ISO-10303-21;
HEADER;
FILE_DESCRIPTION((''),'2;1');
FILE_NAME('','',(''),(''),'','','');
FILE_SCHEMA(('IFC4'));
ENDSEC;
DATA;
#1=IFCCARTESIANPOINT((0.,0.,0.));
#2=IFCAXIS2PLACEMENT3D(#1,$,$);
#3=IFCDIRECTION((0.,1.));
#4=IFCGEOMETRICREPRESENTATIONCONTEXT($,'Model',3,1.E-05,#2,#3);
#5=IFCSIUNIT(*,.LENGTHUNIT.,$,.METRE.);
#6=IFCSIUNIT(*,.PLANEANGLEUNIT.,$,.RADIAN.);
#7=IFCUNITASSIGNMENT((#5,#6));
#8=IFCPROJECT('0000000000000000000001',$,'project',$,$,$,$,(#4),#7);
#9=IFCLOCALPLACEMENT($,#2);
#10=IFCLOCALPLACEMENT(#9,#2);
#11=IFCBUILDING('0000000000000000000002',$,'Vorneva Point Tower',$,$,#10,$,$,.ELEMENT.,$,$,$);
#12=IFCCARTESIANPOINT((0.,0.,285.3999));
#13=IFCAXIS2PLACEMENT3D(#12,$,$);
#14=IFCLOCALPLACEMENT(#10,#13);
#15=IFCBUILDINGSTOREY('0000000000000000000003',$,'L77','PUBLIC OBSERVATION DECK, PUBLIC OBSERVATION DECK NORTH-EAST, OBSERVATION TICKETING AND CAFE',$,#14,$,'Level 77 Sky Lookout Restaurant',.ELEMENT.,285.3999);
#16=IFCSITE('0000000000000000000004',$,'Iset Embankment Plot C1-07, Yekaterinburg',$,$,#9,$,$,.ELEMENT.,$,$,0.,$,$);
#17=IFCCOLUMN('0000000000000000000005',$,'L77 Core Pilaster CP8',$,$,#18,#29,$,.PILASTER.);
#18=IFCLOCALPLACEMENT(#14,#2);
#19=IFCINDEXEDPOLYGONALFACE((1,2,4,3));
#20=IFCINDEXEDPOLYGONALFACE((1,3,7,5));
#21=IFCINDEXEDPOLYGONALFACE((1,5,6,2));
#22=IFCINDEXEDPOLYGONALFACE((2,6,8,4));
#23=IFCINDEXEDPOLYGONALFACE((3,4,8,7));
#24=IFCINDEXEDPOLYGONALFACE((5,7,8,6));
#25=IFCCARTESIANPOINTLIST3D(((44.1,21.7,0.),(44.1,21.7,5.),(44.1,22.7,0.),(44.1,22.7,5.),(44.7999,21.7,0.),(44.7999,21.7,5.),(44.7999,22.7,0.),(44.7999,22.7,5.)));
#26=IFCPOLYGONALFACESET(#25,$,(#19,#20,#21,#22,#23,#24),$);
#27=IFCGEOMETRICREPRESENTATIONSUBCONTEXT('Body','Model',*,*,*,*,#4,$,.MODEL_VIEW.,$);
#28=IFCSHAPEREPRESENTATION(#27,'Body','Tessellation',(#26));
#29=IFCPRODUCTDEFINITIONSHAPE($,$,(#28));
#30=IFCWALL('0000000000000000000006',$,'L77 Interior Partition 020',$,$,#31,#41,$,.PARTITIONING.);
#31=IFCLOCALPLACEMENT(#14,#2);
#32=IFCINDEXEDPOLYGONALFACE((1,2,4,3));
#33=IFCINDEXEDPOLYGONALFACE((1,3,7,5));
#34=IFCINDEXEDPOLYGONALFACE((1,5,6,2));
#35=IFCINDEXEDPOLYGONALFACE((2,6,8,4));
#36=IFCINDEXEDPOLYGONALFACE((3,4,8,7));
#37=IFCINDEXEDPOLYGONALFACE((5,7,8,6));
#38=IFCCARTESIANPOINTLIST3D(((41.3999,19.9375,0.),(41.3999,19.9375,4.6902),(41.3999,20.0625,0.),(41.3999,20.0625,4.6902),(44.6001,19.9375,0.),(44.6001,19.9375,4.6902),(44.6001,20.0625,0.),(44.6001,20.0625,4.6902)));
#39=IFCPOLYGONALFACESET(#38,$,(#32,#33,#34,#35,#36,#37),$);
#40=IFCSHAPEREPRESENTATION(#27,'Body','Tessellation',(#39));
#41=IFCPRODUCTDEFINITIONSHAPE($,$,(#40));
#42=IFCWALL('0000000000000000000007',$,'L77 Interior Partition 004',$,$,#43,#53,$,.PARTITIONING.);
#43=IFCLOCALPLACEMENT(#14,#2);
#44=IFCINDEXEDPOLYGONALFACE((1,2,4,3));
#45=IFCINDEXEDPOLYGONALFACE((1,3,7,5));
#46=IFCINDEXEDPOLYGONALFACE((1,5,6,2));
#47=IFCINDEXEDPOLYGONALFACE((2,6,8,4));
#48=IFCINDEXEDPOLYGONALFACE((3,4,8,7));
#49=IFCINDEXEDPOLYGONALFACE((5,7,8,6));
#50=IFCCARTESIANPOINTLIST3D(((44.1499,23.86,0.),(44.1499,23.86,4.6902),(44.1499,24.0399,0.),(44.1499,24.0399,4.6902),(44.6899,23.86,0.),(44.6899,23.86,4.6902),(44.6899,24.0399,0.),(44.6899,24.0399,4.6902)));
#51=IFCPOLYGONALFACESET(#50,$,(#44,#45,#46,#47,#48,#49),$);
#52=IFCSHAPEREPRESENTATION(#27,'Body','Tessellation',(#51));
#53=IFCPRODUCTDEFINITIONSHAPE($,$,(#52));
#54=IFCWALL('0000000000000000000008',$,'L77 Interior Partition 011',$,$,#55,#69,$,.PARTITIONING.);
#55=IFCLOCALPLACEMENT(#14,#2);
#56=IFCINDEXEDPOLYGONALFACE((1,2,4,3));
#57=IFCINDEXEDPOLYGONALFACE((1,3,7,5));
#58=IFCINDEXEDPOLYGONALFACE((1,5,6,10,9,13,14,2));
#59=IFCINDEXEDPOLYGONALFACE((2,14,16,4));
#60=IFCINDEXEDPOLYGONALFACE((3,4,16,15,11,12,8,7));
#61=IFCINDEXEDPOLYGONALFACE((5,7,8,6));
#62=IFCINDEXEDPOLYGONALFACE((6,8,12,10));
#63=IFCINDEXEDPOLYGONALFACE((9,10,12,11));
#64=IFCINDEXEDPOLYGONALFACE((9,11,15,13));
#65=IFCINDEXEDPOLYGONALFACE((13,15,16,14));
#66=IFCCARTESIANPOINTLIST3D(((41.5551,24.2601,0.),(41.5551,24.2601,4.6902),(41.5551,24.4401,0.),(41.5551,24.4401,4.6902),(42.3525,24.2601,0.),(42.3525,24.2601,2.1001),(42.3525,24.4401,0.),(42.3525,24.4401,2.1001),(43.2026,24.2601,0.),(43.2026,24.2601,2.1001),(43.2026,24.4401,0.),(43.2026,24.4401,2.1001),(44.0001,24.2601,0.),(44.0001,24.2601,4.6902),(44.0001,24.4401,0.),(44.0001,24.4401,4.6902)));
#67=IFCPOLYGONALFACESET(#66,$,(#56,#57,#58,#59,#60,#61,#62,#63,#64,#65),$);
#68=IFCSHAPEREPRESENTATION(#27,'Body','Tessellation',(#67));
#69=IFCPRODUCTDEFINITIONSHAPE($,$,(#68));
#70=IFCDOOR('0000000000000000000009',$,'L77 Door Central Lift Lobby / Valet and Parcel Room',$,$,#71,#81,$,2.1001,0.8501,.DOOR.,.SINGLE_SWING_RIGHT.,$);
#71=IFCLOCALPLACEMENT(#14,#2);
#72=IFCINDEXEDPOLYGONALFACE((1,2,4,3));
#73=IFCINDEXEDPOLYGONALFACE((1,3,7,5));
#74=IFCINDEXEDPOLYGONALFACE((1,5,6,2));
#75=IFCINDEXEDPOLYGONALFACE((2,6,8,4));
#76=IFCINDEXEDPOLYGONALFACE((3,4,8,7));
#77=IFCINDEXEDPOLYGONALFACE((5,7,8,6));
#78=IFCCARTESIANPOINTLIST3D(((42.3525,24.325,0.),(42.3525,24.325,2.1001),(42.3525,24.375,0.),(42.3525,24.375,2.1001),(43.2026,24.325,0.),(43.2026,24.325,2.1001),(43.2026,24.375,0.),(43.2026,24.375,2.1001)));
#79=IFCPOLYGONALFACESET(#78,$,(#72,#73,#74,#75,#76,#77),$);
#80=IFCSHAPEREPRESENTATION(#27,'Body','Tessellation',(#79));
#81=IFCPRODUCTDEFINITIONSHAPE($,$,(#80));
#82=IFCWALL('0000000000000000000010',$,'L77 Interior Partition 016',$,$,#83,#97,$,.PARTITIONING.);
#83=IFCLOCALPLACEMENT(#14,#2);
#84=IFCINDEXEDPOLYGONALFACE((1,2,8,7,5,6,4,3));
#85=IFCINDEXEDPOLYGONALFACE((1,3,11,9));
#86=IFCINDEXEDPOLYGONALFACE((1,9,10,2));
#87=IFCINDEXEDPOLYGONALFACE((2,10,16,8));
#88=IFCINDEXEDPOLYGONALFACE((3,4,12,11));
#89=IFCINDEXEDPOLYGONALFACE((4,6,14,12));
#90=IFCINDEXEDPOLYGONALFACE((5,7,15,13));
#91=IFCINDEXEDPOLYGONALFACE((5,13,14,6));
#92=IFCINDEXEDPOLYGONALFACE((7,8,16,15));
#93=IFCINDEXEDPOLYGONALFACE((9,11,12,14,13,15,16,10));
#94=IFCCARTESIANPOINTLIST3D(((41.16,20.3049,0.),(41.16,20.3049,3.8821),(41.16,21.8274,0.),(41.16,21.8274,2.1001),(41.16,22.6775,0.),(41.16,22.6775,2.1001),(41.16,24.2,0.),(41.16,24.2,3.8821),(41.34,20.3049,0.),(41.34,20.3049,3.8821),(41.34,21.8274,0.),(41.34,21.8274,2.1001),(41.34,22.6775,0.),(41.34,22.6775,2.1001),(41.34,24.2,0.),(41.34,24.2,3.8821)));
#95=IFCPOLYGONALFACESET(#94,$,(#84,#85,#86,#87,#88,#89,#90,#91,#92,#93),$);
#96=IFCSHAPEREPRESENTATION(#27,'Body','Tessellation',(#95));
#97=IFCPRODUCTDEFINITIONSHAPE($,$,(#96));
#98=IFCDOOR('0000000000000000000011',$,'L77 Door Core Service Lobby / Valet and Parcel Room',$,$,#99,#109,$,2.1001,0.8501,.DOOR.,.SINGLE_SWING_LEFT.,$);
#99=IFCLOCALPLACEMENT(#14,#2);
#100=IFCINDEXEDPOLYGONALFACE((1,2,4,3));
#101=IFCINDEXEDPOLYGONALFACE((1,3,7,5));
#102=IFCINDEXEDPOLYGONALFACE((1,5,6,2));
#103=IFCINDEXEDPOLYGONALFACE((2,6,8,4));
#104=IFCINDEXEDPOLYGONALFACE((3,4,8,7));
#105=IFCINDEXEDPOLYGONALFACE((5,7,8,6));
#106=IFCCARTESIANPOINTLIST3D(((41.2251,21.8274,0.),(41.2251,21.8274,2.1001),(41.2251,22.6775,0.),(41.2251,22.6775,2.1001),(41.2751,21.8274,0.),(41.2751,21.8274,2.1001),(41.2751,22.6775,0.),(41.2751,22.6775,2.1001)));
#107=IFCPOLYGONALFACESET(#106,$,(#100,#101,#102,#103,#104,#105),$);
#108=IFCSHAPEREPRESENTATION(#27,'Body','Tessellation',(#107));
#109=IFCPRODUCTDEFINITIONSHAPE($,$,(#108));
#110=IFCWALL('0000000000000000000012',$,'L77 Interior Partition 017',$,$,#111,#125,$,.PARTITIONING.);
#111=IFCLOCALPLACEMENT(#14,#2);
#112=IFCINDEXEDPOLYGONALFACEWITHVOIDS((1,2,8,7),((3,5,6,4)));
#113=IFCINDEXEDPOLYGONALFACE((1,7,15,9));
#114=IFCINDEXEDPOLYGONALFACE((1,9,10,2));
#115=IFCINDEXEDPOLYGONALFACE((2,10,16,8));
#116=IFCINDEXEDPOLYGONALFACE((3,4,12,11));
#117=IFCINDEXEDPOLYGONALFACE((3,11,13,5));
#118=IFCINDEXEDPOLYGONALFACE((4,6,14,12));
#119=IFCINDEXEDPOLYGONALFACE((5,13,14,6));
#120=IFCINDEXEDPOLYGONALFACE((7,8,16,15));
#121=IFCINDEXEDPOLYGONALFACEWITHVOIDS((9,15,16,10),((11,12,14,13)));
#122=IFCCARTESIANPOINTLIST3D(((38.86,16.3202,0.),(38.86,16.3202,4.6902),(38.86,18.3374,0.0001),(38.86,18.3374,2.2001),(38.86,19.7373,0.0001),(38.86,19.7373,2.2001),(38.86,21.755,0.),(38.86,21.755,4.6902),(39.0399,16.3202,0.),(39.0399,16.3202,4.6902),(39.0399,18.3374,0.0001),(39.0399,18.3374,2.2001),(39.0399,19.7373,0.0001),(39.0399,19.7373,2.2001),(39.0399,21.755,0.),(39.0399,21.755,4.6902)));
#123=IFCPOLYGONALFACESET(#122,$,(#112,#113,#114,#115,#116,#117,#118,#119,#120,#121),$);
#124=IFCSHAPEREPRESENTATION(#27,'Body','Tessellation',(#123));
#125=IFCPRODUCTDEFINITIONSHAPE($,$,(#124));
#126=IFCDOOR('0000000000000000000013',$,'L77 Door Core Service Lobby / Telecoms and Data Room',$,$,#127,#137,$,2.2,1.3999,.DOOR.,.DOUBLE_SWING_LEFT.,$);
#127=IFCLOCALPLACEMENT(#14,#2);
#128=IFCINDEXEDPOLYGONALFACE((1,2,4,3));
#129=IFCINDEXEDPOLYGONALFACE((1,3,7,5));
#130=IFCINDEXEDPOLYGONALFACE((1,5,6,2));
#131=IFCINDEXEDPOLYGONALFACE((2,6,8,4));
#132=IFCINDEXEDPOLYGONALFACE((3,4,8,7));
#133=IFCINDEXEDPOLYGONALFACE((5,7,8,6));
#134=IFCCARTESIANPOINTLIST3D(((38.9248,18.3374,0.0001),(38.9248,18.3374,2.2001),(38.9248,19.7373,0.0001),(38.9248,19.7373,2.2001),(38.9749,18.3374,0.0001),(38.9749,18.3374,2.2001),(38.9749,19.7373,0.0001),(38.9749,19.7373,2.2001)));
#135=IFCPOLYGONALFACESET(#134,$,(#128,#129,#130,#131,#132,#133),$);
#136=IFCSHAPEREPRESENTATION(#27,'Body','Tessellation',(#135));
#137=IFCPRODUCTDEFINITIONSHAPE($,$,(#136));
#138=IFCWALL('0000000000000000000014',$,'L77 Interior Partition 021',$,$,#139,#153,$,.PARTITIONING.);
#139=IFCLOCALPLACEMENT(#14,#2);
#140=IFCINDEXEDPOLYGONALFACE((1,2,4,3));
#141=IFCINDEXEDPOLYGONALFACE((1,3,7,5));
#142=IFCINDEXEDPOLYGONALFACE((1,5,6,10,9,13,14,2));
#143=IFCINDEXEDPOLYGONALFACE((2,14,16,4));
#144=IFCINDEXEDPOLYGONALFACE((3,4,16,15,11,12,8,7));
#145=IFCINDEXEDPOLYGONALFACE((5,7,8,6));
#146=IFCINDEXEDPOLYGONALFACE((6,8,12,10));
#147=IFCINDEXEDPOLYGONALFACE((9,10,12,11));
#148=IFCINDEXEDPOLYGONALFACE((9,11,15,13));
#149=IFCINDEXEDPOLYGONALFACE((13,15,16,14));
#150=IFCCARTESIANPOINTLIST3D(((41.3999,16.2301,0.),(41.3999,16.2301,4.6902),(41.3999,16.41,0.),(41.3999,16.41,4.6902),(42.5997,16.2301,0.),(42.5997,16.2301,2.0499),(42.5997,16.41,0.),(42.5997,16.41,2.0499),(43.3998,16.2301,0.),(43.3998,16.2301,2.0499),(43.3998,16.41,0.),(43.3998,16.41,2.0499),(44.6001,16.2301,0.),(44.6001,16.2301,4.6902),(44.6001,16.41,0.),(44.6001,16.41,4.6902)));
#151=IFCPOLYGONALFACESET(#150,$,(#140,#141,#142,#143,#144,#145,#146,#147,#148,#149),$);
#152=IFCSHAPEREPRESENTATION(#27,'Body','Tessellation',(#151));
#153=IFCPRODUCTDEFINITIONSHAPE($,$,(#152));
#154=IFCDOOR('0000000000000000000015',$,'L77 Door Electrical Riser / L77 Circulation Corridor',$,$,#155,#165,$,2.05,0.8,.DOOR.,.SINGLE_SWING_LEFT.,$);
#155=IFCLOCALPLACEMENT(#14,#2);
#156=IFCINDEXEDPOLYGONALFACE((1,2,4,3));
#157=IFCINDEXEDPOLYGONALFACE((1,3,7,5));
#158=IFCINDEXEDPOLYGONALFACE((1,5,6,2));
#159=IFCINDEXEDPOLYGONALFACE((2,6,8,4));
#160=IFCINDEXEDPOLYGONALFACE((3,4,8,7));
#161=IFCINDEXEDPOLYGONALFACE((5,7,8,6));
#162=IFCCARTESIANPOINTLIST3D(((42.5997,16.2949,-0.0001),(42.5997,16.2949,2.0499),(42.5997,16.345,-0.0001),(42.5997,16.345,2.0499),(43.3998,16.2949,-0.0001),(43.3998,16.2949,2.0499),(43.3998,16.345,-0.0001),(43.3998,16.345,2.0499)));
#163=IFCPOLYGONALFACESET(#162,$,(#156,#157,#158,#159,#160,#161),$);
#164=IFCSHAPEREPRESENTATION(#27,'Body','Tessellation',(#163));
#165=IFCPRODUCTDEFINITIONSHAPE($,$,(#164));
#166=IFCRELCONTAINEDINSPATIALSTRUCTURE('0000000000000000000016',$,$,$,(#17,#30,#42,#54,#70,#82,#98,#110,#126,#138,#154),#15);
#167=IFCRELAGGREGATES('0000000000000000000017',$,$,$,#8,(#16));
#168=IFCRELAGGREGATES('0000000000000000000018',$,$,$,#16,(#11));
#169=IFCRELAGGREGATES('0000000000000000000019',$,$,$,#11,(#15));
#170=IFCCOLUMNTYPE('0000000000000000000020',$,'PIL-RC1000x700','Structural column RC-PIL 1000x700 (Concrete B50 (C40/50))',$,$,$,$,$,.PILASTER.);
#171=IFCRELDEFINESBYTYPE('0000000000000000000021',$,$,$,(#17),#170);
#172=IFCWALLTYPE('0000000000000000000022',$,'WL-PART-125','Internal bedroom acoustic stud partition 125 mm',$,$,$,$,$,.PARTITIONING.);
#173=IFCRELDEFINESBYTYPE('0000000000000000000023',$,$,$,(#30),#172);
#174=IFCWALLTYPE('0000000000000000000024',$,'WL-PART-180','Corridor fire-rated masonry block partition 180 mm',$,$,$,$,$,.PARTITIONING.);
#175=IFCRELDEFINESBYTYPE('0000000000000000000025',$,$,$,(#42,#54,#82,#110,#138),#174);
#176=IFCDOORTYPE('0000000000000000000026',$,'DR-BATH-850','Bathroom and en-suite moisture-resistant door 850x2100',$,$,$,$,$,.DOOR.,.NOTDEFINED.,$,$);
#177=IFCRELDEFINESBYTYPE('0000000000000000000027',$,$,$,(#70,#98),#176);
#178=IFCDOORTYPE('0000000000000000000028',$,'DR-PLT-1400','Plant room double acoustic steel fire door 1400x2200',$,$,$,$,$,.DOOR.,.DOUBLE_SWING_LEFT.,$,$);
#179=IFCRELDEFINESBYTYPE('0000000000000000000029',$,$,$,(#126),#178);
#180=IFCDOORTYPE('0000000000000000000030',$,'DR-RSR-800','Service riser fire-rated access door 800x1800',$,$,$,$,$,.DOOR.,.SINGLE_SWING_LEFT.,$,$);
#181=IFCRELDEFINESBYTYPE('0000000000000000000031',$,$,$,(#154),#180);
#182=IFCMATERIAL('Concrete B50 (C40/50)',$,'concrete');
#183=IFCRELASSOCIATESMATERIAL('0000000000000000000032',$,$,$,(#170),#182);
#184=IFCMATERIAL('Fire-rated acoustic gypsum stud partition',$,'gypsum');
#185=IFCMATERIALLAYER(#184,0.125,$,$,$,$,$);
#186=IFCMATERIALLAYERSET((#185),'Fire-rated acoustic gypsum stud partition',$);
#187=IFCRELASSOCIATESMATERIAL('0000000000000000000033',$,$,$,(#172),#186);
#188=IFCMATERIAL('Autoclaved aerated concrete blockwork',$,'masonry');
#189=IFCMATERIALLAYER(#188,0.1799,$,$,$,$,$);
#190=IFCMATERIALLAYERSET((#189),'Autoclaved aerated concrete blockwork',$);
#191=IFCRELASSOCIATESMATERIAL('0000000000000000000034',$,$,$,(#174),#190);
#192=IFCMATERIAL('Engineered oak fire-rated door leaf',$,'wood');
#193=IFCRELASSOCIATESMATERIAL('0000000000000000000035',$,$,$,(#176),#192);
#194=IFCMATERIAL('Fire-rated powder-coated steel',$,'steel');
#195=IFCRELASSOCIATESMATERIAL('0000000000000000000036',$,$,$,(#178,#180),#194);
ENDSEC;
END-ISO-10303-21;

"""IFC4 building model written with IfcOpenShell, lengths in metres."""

from ifc_helpers import new_model, si_unit, direction, frame, frame_2d, origin, origin_2d, place, context, subcontext, project, spatial, rectangle, extrude, material, layer, layer_set, material_profile, profile_set, type_object, element, fill, save


model = new_model("IFC4")

# Units and contexts
model_context = context("Model", 3, precision=1e-05, world=origin(), true_north=direction((0.0, 1.0)))
body_context = subcontext(model_context, "Body", "Model", "MODEL_VIEW")
ifc_project = project(units=[si_unit("LENGTHUNIT", "METRE"), si_unit("PLANEANGLEUNIT", "RADIAN")], contexts=[model_context])

# Site, building, storey
site_placement = place(None, origin())
site = spatial("IfcSite", under=ifc_project, at=site_placement, Name="Iset Embankment Plot C1-07, Yekaterinburg", CompositionType="ELEMENT", RefElevation=0.0)
building_placement = place(site_placement, origin())
building = spatial("IfcBuilding", under=site, at=building_placement, Name="Vorneva Point Tower", CompositionType="ELEMENT")
storey_placement = place(building_placement, frame((0.0, 0.0, 285.3999)))
storey = spatial("IfcBuildingStorey", under=building, at=storey_placement, Name="L77", Description="PUBLIC OBSERVATION DECK, PUBLIC OBSERVATION DECK NORTH-EAST, OBSERVATION TICKETING AND CAFE", LongName="Level 77 Sky Lookout Restaurant", CompositionType="ELEMENT", Elevation=285.3999)

# Column
ifc_material_1 = material(Name="Concrete B50 (C40/50)", Category="concrete")
ifc_material_profile = material_profile(ifc_material_1, rectangle(XDim=0.7, YDim=1.0, at=origin_2d()), Name="RC-PIL 1000x700")
ifc_profile_set = profile_set([ifc_material_profile], Name="Concrete B50 (C40/50)")
column_type = type_object("IfcColumnType", Name="PIL-RC1000x700", Description="Structural column RC-PIL 1000x700 (Concrete B50 (C40/50))", PredefinedType="PILASTER", material=ifc_profile_set)
column_placement = place(storey_placement, frame((44.45, 22.2, 0.0), z_axis=(0.0, 0.0, 1.0), x_axis=(1.0, 0.0, 0.0)))
element("IfcColumn", 1, at=column_placement, inside=storey, type_object=column_type, Name="L77 Core Pilaster CP8", PredefinedType="PILASTER", context=body_context, shape_type="SweptSolid", body=[
    extrude(rectangle(XDim=0.7, YDim=1.0, at=origin_2d()), origin(), (0.0, 0.0, 1.0), 5.0),
])

# Walls
ifc_material_2 = material(Name="Fire-rated acoustic gypsum stud partition", Category="gypsum")
ifc_layer_1 = layer(ifc_material_2, 0.125)
ifc_layer_set_1 = layer_set([ifc_layer_1], Name="Fire-rated acoustic gypsum stud partition")
wall_type_1 = type_object("IfcWallType", Name="WL-PART-125", Description="Internal bedroom acoustic stud partition 125 mm", PredefinedType="PARTITIONING", material=ifc_layer_set_1)
wall_1_placement = place(storey_placement, frame((44.6001, 20.0, 0.0), z_axis=(0.0, 0.0, 1.0), x_axis=(-1.0, 0.0, 0.0)))
element("IfcWall", 2, at=wall_1_placement, inside=storey, type_object=wall_type_1, Name="L77 Interior Partition 020", PredefinedType="PARTITIONING", context=body_context, shape_type="SweptSolid", body=[
    extrude(rectangle(XDim=3.2002, YDim=0.125, at=frame_2d((1.6001, 0.0))), origin(), (0.0, 0.0, 1.0), 4.6902),
])
ifc_material_3 = material(Name="Autoclaved aerated concrete blockwork", Category="masonry")
ifc_layer_2 = layer(ifc_material_3, 0.1799)
ifc_layer_set_2 = layer_set([ifc_layer_2], Name="Autoclaved aerated concrete blockwork")
wall_type_2 = type_object("IfcWallType", Name="WL-PART-180", Description="Corridor fire-rated masonry block partition 180 mm", PredefinedType="PARTITIONING", material=ifc_layer_set_2)
wall_2_placement = place(storey_placement, frame((44.1499, 23.95, 0.0), z_axis=(0.0, 0.0, 1.0), x_axis=(1.0, 0.0, 0.0)))
element("IfcWall", 3, at=wall_2_placement, inside=storey, type_object=wall_type_2, Name="L77 Interior Partition 004", PredefinedType="PARTITIONING", context=body_context, shape_type="SweptSolid", body=[
    extrude(rectangle(XDim=0.54, YDim=0.1799, at=frame_2d((0.27, 0.0))), origin(), (0.0, 0.0, 1.0), 4.6902),
])

# Walls, openings, doors
ifc_material_4 = material(Name="Fire-rated powder-coated steel", Category="steel")
wall_3_placement = place(storey_placement, frame((41.5549, 24.3501, 0.0), z_axis=(0.0, 0.0, 1.0), x_axis=(1.0, 0.0, 0.0)))
wall_3 = element("IfcWall", 4, at=wall_3_placement, inside=storey, type_object=wall_type_2, Name="L77 Interior Partition 011", PredefinedType="PARTITIONING", context=body_context, shape_type="SweptSolid", body=[
    extrude(rectangle(XDim=2.4451, YDim=0.1799, at=frame_2d((1.2227, 0.0))), origin(), (0.0, 0.0, 1.0), 4.6902),
])
opening_1_placement = place(wall_3_placement, frame((0.7976, 0.0, 0.0)))
opening_1 = element("IfcOpeningElement", 5, at=opening_1_placement, cuts=wall_3, PredefinedType="OPENING", context=body_context, shape_type="SweptSolid", body=[
    extrude(rectangle(XDim=0.8501, YDim=2.1001, at=frame_2d((0.425, 1.05))), frame((0.0, 0.105, 0.0), z_axis=(0.0, -1.0, 0.0), x_axis=(1.0, 0.0, 0.0)), (0.0, 0.0, 1.0), 0.2097),
])
ifc_material_5 = material(Name="Engineered oak fire-rated door leaf", Category="wood")
door_type_1 = type_object("IfcDoorType", Name="DR-BATH-850", Description="Bathroom and en-suite moisture-resistant door 850x2100", OperationType="NOTDEFINED", PredefinedType="DOOR", material=ifc_material_5)
door_1_placement = place(opening_1_placement, origin())
door_1 = element("IfcDoor", 6, at=door_1_placement, inside=storey, type_object=door_type_1, Name="L77 Door Central Lift Lobby / Valet and Parcel Room", OperationType="SINGLE_SWING_RIGHT", OverallHeight=2.1001, OverallWidth=0.8501, PredefinedType="DOOR", context=body_context, shape_type="SweptSolid", body=[
    extrude(rectangle(XDim=0.8501, YDim=2.1001, at=frame_2d((0.425, 1.05))), frame((0.0, 0.0249, 0.0), z_axis=(0.0, -1.0, 0.0), x_axis=(1.0, 0.0, 0.0)), (0.0, 0.0, 1.0), 0.05),
])
fill(opening_1, door_1)
wall_4_placement = place(storey_placement, frame((41.25, 20.3049, 0.0), z_axis=(0.0, 0.0, 1.0), x_axis=(0.0, 1.0, 0.0)))
wall_4 = element("IfcWall", 7, at=wall_4_placement, inside=storey, type_object=wall_type_2, Name="L77 Interior Partition 016", PredefinedType="PARTITIONING", context=body_context, shape_type="SweptSolid", body=[
    extrude(rectangle(XDim=3.895, YDim=0.1799, at=frame_2d((1.9475, 0.0))), origin(), (0.0, 0.0, 1.0), 3.8821),
])
opening_2_placement = place(wall_4_placement, frame((1.5225, 0.0, 0.0)))
opening_2 = element("IfcOpeningElement", 8, at=opening_2_placement, cuts=wall_4, PredefinedType="OPENING", context=body_context, shape_type="SweptSolid", body=[
    extrude(rectangle(XDim=0.8501, YDim=2.1001, at=frame_2d((0.425, 1.05))), frame((0.0, 0.105, 0.0), z_axis=(0.0, -1.0, 0.0), x_axis=(1.0, 0.0, 0.0)), (0.0, 0.0, 1.0), 0.2097),
])
door_2_placement = place(opening_2_placement, origin())
door_2 = element("IfcDoor", 9, at=door_2_placement, inside=storey, type_object=door_type_1, Name="L77 Door Core Service Lobby / Valet and Parcel Room", OperationType="SINGLE_SWING_LEFT", OverallHeight=2.1001, OverallWidth=0.8501, PredefinedType="DOOR", context=body_context, shape_type="SweptSolid", body=[
    extrude(rectangle(XDim=0.8501, YDim=2.1001, at=frame_2d((0.425, 1.05))), frame((0.0, 0.0249, 0.0), z_axis=(0.0, -1.0, 0.0), x_axis=(1.0, 0.0, 0.0)), (0.0, 0.0, 1.0), 0.05),
])
fill(opening_2, door_2)
wall_5_placement = place(storey_placement, frame((38.95, 21.7549, 0.0), z_axis=(0.0, 0.0, 1.0), x_axis=(0.0, -1.0, 0.0)))
wall_5 = element("IfcWall", 10, at=wall_5_placement, inside=storey, type_object=wall_type_2, Name="L77 Interior Partition 017", PredefinedType="PARTITIONING", context=body_context, shape_type="SweptSolid", body=[
    extrude(rectangle(XDim=5.4348, YDim=0.1799, at=frame_2d((2.7173, 0.0))), origin(), (0.0, 0.0, 1.0), 4.6902),
])
opening_3_placement = place(wall_5_placement, frame((2.0176, 0.0, 0.0)))
opening_3 = element("IfcOpeningElement", 11, at=opening_3_placement, cuts=wall_5, PredefinedType="OPENING", context=body_context, shape_type="SweptSolid", body=[
    extrude(rectangle(XDim=1.3999, YDim=2.2, at=frame_2d((0.7, 1.1001))), frame((0.0, 0.105, 0.0), z_axis=(0.0, -1.0, 0.0), x_axis=(1.0, 0.0, 0.0)), (0.0, 0.0, 1.0), 0.2097),
])
door_type_2 = type_object("IfcDoorType", Name="DR-PLT-1400", Description="Plant room double acoustic steel fire door 1400x2200", OperationType="DOUBLE_SWING_LEFT", PredefinedType="DOOR", material=ifc_material_4)
door_3_placement = place(opening_3_placement, origin())
door_3 = element("IfcDoor", 12, at=door_3_placement, inside=storey, type_object=door_type_2, Name="L77 Door Core Service Lobby / Telecoms and Data Room", OperationType="DOUBLE_SWING_LEFT", OverallHeight=2.2, OverallWidth=1.3999, PredefinedType="DOOR", context=body_context, shape_type="SweptSolid", body=[
    extrude(rectangle(XDim=1.3999, YDim=2.2, at=frame_2d((0.7, 1.1001))), frame((0.0, 0.0249, 0.0), z_axis=(0.0, -1.0, 0.0), x_axis=(1.0, 0.0, 0.0)), (0.0, 0.0, 1.0), 0.05),
])
fill(opening_3, door_3)
wall_6_placement = place(storey_placement, frame((41.3999, 16.3201, 0.0), z_axis=(0.0, 0.0, 1.0), x_axis=(1.0, 0.0, 0.0)))
wall_6 = element("IfcWall", 13, at=wall_6_placement, inside=storey, type_object=wall_type_2, Name="L77 Interior Partition 021", PredefinedType="PARTITIONING", context=body_context, shape_type="SweptSolid", body=[
    extrude(rectangle(XDim=3.2002, YDim=0.1799, at=frame_2d((1.6001, 0.0))), origin(), (0.0, 0.0, 1.0), 4.6902),
])
opening_4_placement = place(wall_6_placement, frame((1.2, 0.0, 0.0)))
opening_4 = element("IfcOpeningElement", 14, at=opening_4_placement, cuts=wall_6, PredefinedType="OPENING", context=body_context, shape_type="SweptSolid", body=[
    extrude(rectangle(XDim=0.8, YDim=2.05, at=frame_2d((0.3999, 1.0249))), frame((0.0, 0.105, 0.0), z_axis=(0.0, -1.0, 0.0), x_axis=(1.0, 0.0, 0.0)), (0.0, 0.0, 1.0), 0.2097),
])
door_type_3 = type_object("IfcDoorType", Name="DR-RSR-800", Description="Service riser fire-rated access door 800x1800", OperationType="SINGLE_SWING_LEFT", PredefinedType="DOOR", material=ifc_material_4)
door_4_placement = place(opening_4_placement, origin())
door_4 = element("IfcDoor", 15, at=door_4_placement, inside=storey, type_object=door_type_3, Name="L77 Door Electrical Riser / L77 Circulation Corridor", OperationType="SINGLE_SWING_LEFT", OverallHeight=2.05, OverallWidth=0.8, PredefinedType="DOOR", context=body_context, shape_type="SweptSolid", body=[
    extrude(rectangle(XDim=0.8, YDim=2.05, at=frame_2d((0.3999, 1.0249))), frame((0.0, 0.0249, 0.0), z_axis=(0.0, -1.0, 0.0), x_axis=(1.0, 0.0, 0.0)), (0.0, 0.0, 1.0), 0.05),
])
fill(opening_4, door_4)

save(model, "model.ifc")
